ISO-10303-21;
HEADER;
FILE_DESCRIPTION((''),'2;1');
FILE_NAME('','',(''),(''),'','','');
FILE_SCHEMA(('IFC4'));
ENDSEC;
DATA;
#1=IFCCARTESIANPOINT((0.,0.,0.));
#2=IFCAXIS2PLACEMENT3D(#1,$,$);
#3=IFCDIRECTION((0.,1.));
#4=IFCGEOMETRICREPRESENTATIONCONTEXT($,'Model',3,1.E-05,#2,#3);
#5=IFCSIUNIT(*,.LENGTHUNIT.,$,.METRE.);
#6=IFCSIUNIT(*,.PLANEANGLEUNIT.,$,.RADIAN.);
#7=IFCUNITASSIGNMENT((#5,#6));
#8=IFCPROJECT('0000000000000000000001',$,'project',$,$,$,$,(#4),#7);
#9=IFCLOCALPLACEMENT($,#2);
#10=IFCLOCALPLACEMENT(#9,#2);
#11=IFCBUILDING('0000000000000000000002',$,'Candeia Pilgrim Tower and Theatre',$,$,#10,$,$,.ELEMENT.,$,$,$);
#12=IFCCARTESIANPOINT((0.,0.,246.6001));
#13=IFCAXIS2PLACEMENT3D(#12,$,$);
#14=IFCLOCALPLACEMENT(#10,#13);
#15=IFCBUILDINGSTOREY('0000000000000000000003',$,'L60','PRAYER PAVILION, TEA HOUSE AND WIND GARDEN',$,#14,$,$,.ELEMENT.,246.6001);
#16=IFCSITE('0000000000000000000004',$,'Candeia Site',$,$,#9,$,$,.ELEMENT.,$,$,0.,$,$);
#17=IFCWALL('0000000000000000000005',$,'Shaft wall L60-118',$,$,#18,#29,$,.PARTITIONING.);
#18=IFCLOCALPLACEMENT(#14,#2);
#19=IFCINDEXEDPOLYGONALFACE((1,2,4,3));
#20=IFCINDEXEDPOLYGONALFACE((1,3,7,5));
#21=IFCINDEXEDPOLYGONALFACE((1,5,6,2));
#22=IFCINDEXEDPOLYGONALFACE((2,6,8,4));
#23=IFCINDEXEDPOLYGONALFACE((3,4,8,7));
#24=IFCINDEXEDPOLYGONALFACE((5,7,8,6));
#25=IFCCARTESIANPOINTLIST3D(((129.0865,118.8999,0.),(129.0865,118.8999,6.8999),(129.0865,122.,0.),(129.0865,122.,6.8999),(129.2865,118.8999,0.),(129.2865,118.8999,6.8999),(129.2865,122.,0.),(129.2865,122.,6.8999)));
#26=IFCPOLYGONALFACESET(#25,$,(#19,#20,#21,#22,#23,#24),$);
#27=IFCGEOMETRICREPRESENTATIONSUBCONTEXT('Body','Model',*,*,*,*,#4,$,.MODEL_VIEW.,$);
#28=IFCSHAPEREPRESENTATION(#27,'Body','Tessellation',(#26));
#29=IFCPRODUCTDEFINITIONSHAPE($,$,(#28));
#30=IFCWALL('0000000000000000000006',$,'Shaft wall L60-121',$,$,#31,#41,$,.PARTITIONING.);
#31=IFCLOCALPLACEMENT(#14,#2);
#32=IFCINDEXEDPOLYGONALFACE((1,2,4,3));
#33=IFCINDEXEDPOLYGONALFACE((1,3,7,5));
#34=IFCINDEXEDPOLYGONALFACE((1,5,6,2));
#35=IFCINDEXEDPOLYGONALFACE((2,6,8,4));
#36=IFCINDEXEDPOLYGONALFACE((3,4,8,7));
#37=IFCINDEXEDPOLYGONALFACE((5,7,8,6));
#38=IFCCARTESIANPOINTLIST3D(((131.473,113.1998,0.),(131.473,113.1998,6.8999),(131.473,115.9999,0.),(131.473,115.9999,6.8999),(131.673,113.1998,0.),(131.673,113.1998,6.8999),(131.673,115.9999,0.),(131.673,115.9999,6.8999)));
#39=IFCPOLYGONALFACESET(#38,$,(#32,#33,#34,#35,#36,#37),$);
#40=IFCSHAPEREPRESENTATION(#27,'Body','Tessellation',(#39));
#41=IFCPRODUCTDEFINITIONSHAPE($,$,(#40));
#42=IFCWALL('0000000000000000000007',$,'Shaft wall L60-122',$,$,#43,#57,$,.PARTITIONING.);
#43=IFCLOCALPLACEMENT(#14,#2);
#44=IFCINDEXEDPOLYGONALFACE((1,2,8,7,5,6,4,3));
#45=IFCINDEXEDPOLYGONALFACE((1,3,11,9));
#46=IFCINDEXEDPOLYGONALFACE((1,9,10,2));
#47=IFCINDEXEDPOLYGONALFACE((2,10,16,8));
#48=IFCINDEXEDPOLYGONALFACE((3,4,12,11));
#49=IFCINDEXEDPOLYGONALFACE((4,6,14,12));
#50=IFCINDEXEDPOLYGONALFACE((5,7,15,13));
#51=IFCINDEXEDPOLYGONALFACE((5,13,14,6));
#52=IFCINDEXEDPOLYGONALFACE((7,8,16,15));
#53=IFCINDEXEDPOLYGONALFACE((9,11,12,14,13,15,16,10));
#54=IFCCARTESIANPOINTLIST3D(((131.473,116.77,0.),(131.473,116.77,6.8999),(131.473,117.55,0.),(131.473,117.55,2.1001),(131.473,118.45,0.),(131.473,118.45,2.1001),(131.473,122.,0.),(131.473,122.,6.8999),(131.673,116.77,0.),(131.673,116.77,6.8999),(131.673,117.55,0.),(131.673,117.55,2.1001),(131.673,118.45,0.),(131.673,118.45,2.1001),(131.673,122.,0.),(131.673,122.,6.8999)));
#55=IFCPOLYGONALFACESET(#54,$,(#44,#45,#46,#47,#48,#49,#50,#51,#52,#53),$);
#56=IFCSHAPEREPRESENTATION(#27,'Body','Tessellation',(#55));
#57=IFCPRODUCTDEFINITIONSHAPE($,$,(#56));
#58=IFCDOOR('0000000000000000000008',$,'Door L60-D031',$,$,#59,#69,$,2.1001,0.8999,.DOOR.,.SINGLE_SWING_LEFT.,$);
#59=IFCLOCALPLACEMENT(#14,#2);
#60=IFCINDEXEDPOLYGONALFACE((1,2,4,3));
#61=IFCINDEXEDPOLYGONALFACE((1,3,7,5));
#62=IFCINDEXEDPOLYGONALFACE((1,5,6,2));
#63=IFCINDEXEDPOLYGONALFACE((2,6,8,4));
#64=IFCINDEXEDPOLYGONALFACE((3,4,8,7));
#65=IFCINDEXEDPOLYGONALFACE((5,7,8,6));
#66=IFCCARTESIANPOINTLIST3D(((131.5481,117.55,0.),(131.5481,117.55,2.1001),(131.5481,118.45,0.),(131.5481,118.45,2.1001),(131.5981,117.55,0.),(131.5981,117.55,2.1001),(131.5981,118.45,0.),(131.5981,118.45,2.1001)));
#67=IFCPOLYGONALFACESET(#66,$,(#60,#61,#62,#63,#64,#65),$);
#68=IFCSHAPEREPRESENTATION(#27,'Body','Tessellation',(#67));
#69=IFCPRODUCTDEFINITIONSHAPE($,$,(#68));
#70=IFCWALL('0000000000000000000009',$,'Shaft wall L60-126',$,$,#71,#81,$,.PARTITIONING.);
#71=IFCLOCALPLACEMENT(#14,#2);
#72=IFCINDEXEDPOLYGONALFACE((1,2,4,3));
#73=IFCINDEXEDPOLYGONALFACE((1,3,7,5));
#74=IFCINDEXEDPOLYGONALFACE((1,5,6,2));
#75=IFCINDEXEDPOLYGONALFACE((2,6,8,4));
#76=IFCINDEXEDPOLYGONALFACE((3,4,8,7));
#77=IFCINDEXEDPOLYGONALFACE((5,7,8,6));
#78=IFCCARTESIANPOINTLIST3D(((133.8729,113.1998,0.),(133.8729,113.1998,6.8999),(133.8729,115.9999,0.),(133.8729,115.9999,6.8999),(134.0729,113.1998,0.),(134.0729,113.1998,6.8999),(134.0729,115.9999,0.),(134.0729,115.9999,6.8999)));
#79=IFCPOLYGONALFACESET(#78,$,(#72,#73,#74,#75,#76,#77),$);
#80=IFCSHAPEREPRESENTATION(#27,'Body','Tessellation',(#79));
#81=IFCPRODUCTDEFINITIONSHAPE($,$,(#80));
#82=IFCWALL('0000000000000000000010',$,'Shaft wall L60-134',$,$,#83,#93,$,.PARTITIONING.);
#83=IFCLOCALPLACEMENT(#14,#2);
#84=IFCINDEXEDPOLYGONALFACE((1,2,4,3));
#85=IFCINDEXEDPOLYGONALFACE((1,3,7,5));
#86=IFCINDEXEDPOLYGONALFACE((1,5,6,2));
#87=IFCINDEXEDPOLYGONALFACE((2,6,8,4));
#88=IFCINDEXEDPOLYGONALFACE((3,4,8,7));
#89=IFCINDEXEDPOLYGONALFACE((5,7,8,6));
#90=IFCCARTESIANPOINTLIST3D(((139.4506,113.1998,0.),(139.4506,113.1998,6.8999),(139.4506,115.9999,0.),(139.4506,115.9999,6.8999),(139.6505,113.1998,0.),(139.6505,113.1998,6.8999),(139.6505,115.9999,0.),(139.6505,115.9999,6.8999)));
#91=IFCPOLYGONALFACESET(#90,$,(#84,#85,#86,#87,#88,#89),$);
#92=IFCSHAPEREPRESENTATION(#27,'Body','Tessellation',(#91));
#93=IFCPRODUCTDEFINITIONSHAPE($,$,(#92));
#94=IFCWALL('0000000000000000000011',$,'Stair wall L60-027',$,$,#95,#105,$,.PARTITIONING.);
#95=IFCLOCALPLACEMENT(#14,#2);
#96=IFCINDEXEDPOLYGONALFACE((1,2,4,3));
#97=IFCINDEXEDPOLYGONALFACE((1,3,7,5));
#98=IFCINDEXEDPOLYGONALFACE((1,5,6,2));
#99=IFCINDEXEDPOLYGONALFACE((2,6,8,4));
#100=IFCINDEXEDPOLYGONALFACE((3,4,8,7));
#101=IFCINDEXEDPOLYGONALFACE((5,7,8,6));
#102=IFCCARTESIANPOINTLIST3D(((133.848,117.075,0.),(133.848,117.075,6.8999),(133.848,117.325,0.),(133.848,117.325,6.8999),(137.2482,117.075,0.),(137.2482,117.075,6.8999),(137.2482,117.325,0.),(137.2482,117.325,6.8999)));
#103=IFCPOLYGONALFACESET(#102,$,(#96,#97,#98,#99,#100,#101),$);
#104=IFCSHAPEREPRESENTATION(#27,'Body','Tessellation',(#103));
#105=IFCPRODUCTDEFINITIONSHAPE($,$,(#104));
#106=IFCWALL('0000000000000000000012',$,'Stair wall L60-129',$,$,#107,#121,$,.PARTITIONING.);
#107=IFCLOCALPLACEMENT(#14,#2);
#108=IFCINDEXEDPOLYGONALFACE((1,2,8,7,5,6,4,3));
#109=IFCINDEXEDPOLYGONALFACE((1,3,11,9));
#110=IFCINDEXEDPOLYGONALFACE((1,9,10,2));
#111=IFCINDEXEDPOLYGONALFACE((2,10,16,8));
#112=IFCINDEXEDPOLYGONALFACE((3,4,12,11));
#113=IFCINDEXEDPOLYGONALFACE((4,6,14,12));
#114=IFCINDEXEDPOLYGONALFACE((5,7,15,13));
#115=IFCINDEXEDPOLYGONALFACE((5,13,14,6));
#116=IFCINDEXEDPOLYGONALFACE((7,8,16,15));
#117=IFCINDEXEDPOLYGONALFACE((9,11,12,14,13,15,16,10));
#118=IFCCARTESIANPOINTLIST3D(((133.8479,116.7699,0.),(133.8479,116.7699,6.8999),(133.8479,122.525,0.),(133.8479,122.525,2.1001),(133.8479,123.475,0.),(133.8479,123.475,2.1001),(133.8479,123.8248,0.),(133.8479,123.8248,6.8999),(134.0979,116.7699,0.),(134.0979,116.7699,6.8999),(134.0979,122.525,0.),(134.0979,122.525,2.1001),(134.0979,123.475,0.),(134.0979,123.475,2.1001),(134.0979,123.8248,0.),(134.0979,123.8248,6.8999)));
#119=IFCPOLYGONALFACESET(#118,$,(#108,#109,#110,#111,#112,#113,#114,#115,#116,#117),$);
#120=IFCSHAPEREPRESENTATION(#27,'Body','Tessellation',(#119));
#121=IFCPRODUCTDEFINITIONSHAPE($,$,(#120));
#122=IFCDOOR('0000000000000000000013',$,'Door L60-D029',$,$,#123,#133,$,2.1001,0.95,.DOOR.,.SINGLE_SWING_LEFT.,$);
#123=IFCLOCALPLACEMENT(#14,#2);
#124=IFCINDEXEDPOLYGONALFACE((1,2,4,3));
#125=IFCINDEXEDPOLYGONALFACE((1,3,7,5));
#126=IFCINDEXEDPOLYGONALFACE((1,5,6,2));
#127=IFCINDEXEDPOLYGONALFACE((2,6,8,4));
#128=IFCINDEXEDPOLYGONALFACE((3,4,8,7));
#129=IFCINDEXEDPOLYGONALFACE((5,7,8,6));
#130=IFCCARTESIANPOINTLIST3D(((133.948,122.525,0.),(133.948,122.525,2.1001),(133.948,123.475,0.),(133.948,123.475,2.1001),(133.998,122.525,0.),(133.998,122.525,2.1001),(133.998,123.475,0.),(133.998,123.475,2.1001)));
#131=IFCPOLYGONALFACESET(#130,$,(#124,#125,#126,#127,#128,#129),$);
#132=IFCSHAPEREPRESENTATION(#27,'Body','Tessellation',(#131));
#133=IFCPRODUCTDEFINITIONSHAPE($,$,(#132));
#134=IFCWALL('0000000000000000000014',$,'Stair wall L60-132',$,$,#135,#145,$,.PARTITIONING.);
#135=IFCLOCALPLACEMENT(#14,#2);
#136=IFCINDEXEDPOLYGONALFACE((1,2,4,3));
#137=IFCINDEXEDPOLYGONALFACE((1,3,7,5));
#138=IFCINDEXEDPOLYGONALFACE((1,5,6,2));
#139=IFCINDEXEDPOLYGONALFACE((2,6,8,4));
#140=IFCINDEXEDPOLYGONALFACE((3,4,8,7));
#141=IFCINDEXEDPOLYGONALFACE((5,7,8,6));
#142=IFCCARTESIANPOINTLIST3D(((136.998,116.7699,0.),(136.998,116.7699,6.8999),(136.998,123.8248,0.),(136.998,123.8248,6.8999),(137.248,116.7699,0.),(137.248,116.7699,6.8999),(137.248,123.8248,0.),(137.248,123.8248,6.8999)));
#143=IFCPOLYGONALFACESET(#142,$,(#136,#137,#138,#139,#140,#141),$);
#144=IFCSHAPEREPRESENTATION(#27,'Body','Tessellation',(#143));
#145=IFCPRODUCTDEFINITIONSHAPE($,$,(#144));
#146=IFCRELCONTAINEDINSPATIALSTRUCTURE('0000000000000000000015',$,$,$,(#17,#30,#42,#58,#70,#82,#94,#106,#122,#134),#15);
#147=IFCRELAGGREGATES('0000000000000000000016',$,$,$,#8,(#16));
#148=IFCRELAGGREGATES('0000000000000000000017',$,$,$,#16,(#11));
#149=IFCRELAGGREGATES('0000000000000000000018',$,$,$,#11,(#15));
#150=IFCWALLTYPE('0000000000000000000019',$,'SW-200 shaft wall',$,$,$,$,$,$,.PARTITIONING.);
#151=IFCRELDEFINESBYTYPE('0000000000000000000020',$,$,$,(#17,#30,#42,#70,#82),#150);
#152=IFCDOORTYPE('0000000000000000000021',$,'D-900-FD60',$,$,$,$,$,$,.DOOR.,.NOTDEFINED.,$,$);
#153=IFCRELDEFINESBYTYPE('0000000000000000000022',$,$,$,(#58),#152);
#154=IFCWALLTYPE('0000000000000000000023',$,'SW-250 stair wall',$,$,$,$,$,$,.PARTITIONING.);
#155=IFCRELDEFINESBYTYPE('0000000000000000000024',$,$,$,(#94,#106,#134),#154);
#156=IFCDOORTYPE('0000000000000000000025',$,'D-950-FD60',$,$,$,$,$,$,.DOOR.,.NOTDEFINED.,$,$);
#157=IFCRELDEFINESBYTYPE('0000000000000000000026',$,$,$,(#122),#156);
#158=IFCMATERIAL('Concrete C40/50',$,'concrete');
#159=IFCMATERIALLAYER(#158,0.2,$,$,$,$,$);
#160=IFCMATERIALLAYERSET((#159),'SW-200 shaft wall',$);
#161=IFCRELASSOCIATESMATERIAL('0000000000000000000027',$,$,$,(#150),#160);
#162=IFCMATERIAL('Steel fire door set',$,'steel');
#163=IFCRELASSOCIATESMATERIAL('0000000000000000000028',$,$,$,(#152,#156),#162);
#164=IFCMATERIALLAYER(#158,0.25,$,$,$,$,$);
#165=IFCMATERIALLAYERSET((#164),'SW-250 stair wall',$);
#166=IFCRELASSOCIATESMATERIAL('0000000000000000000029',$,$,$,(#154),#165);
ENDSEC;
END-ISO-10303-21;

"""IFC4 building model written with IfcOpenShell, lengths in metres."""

from ifc_helpers import new_model, si_unit, direction, frame, frame_2d, origin, place, context, subcontext, project, spatial, rectangle, extrude, material, layer, layer_set, type_object, element, fill, save


model = new_model("IFC4")

# Units and contexts
model_context = context("Model", 3, precision=1e-05, world=origin(), true_north=direction((0.0, 1.0)))
body_context = subcontext(model_context, "Body", "Model", "MODEL_VIEW")
ifc_project = project(units=[si_unit("LENGTHUNIT", "METRE"), si_unit("PLANEANGLEUNIT", "RADIAN")], contexts=[model_context])

# Site, building, storey
site_placement = place(None, origin())
site = spatial("IfcSite", under=ifc_project, at=site_placement, Name="Candeia Site", CompositionType="ELEMENT", RefElevation=0.0)
building_placement = place(site_placement, origin())
building = spatial("IfcBuilding", under=site, at=building_placement, Name="Candeia Pilgrim Tower and Theatre", CompositionType="ELEMENT")
storey_placement = place(building_placement, frame((0.0, 0.0, 246.6001)))
storey = spatial("IfcBuildingStorey", under=building, at=storey_placement, Name="L60", Description="PRAYER PAVILION, TEA HOUSE AND WIND GARDEN", CompositionType="ELEMENT", Elevation=246.6001)

# Shared definitions
ifc_material_1 = material(Name="Steel fire door set", Category="steel")

# Shared definitions
ifc_material_2 = material(Name="Concrete C40/50", Category="concrete")
ifc_layer_1 = layer(ifc_material_2, 0.2)
ifc_layer_set_1 = layer_set([ifc_layer_1], Name="SW-200 shaft wall")
wall_type_1 = type_object("IfcWallType", Name="SW-200 shaft wall", PredefinedType="PARTITIONING", material=ifc_layer_set_1)
door_type_1 = type_object("IfcDoorType", Name="D-900-FD60", OperationType="NOTDEFINED", PredefinedType="DOOR", material=ifc_material_1)

# Walls
wall_1_placement = place(storey_placement, frame((129.1865, 118.8999, 0.0), z_axis=(0.0, 0.0, 1.0), x_axis=(0.0, 1.0, 0.0)))
element("IfcWall", 1, at=wall_1_placement, inside=storey, type_object=wall_type_1, Name="Shaft wall L60-118", PredefinedType="PARTITIONING", context=body_context, shape_type="SweptSolid", body=[
    extrude(rectangle(XDim=3.1001, YDim=0.2, at=frame_2d((1.55, 0.0))), origin(), (0.0, 0.0, 1.0), 6.8999),
])
wall_2_placement = place(storey_placement, frame((131.573, 113.2, 0.0), z_axis=(0.0, 0.0, 1.0), x_axis=(0.0, 1.0, 0.0)))
element("IfcWall", 2, at=wall_2_placement, inside=storey, type_object=wall_type_1, Name="Shaft wall L60-121", PredefinedType="PARTITIONING", context=body_context, shape_type="SweptSolid", body=[
    extrude(rectangle(XDim=2.8, YDim=0.2, at=frame_2d((1.3999, 0.0))), origin(), (0.0, 0.0, 1.0), 6.8999),
])

# Wall, opening, door
wall_3_placement = place(storey_placement, frame((131.573, 116.77, 0.0), z_axis=(0.0, 0.0, 1.0), x_axis=(0.0, 1.0, 0.0)))
wall_3 = element("IfcWall", 3, at=wall_3_placement, inside=storey, type_object=wall_type_1, Name="Shaft wall L60-122", PredefinedType="PARTITIONING", context=body_context, shape_type="SweptSolid", body=[
    extrude(rectangle(XDim=5.23, YDim=0.2, at=frame_2d((2.615, 0.0))), origin(), (0.0, 0.0, 1.0), 6.8999),
])
opening_1_placement = place(wall_3_placement, frame((0.78, 0.0, 0.0)))
opening_1 = element("IfcOpeningElement", 4, at=opening_1_placement, cuts=wall_3, PredefinedType="OPENING", context=body_context, shape_type="SweptSolid", body=[
    extrude(rectangle(XDim=0.8999, YDim=2.1001, at=frame_2d((0.45, 1.05))), frame((0.0, 0.1099, 0.0), z_axis=(0.0, -1.0, 0.0), x_axis=(1.0, 0.0, 0.0)), (0.0, 0.0, 1.0), 0.22),
])
door_1_placement = place(opening_1_placement, origin())
door_1 = element("IfcDoor", 5, at=door_1_placement, inside=storey, type_object=door_type_1, Name="Door L60-D031", OperationType="SINGLE_SWING_LEFT", OverallHeight=2.1001, OverallWidth=0.8999, PredefinedType="DOOR", context=body_context, shape_type="SweptSolid", body=[
    extrude(rectangle(XDim=0.8999, YDim=2.1001, at=frame_2d((0.45, 1.05))), frame((0.0, 0.0249, 0.0), z_axis=(0.0, -1.0, 0.0), x_axis=(1.0, 0.0, 0.0)), (0.0, 0.0, 1.0), 0.05),
])
fill(opening_1, door_1)

# Walls
for number, where, z_axis, x_axis, name in (
    (6, (133.9729, 113.2, 0.0), (0.0, 0.0, 1.0), (0.0, 1.0, 0.0), "Shaft wall L60-126"),
    (7, (139.5505, 113.2, 0.0), (0.0, 0.0, 1.0), (0.0, 1.0, 0.0), "Shaft wall L60-134"),
):
    element("IfcWall", number, at=place(storey_placement, frame(where, z_axis=z_axis, x_axis=x_axis)), inside=storey, type_object=wall_type_1, Name=name, PredefinedType="PARTITIONING", context=body_context, shape_type="SweptSolid", body=[
        extrude(rectangle(XDim=2.8, YDim=0.2, at=frame_2d((1.3999, 0.0))), origin(), (0.0, 0.0, 1.0), 6.8999),
    ])
ifc_layer_2 = layer(ifc_material_2, 0.25)
ifc_layer_set_2 = layer_set([ifc_layer_2], Name="SW-250 stair wall")
wall_type_2 = type_object("IfcWallType", Name="SW-250 stair wall", PredefinedType="PARTITIONING", material=ifc_layer_set_2)
wall_4_placement = place(storey_placement, frame((133.8479, 117.2, 0.0), z_axis=(0.0, 0.0, 1.0), x_axis=(1.0, 0.0, 0.0)))
element("IfcWall", 8, at=wall_4_placement, inside=storey, type_object=wall_type_2, Name="Stair wall L60-027", PredefinedType="PARTITIONING", context=body_context, shape_type="SweptSolid", body=[
    extrude(rectangle(XDim=3.4001, YDim=0.25, at=frame_2d((1.7002, 0.0))), origin(), (0.0, 0.0, 1.0), 6.8999),
])

# Wall, opening, door
wall_5_placement = place(storey_placement, frame((133.9729, 116.77, 0.0), z_axis=(0.0, 0.0, 1.0), x_axis=(0.0, 1.0, 0.0)))
wall_5 = element("IfcWall", 9, at=wall_5_placement, inside=storey, type_object=wall_type_2, Name="Stair wall L60-129", PredefinedType="PARTITIONING", context=body_context, shape_type="SweptSolid", body=[
    extrude(rectangle(XDim=7.0549, YDim=0.25, at=frame_2d((3.5273, 0.0))), origin(), (0.0, 0.0, 1.0), 6.8999),
])
opening_2_placement = place(wall_5_placement, frame((5.7549, 0.0, 0.0)))
opening_2 = element("IfcOpeningElement", 10, at=opening_2_placement, cuts=wall_5, PredefinedType="OPENING", context=body_context, shape_type="SweptSolid", body=[
    extrude(rectangle(XDim=0.95, YDim=2.1001, at=frame_2d((0.4751, 1.05))), frame((0.0, 0.135, 0.0), z_axis=(0.0, -1.0, 0.0), x_axis=(1.0, 0.0, 0.0)), (0.0, 0.0, 1.0), 0.27),
])
door_type_2 = type_object("IfcDoorType", Name="D-950-FD60", OperationType="NOTDEFINED", PredefinedType="DOOR", material=ifc_material_1)
door_2_placement = place(opening_2_placement, origin())
door_2 = element("IfcDoor", 11, at=door_2_placement, inside=storey, type_object=door_type_2, Name="Door L60-D029", OperationType="SINGLE_SWING_LEFT", OverallHeight=2.1001, OverallWidth=0.95, PredefinedType="DOOR", context=body_context, shape_type="SweptSolid", body=[
    extrude(rectangle(XDim=0.95, YDim=2.1001, at=frame_2d((0.4751, 1.05))), frame((0.0, 0.0249, 0.0), z_axis=(0.0, -1.0, 0.0), x_axis=(1.0, 0.0, 0.0)), (0.0, 0.0, 1.0), 0.05),
])
fill(opening_2, door_2)

# Wall
wall_6_placement = place(storey_placement, frame((137.123, 116.77, 0.0), z_axis=(0.0, 0.0, 1.0), x_axis=(0.0, 1.0, 0.0)))
element("IfcWall", 12, at=wall_6_placement, inside=storey, type_object=wall_type_2, Name="Stair wall L60-132", PredefinedType="PARTITIONING", context=body_context, shape_type="SweptSolid", body=[
    extrude(rectangle(XDim=7.0549, YDim=0.25, at=frame_2d((3.5273, 0.0))), origin(), (0.0, 0.0, 1.0), 6.8999),
])

save(model, "model.ifc")
